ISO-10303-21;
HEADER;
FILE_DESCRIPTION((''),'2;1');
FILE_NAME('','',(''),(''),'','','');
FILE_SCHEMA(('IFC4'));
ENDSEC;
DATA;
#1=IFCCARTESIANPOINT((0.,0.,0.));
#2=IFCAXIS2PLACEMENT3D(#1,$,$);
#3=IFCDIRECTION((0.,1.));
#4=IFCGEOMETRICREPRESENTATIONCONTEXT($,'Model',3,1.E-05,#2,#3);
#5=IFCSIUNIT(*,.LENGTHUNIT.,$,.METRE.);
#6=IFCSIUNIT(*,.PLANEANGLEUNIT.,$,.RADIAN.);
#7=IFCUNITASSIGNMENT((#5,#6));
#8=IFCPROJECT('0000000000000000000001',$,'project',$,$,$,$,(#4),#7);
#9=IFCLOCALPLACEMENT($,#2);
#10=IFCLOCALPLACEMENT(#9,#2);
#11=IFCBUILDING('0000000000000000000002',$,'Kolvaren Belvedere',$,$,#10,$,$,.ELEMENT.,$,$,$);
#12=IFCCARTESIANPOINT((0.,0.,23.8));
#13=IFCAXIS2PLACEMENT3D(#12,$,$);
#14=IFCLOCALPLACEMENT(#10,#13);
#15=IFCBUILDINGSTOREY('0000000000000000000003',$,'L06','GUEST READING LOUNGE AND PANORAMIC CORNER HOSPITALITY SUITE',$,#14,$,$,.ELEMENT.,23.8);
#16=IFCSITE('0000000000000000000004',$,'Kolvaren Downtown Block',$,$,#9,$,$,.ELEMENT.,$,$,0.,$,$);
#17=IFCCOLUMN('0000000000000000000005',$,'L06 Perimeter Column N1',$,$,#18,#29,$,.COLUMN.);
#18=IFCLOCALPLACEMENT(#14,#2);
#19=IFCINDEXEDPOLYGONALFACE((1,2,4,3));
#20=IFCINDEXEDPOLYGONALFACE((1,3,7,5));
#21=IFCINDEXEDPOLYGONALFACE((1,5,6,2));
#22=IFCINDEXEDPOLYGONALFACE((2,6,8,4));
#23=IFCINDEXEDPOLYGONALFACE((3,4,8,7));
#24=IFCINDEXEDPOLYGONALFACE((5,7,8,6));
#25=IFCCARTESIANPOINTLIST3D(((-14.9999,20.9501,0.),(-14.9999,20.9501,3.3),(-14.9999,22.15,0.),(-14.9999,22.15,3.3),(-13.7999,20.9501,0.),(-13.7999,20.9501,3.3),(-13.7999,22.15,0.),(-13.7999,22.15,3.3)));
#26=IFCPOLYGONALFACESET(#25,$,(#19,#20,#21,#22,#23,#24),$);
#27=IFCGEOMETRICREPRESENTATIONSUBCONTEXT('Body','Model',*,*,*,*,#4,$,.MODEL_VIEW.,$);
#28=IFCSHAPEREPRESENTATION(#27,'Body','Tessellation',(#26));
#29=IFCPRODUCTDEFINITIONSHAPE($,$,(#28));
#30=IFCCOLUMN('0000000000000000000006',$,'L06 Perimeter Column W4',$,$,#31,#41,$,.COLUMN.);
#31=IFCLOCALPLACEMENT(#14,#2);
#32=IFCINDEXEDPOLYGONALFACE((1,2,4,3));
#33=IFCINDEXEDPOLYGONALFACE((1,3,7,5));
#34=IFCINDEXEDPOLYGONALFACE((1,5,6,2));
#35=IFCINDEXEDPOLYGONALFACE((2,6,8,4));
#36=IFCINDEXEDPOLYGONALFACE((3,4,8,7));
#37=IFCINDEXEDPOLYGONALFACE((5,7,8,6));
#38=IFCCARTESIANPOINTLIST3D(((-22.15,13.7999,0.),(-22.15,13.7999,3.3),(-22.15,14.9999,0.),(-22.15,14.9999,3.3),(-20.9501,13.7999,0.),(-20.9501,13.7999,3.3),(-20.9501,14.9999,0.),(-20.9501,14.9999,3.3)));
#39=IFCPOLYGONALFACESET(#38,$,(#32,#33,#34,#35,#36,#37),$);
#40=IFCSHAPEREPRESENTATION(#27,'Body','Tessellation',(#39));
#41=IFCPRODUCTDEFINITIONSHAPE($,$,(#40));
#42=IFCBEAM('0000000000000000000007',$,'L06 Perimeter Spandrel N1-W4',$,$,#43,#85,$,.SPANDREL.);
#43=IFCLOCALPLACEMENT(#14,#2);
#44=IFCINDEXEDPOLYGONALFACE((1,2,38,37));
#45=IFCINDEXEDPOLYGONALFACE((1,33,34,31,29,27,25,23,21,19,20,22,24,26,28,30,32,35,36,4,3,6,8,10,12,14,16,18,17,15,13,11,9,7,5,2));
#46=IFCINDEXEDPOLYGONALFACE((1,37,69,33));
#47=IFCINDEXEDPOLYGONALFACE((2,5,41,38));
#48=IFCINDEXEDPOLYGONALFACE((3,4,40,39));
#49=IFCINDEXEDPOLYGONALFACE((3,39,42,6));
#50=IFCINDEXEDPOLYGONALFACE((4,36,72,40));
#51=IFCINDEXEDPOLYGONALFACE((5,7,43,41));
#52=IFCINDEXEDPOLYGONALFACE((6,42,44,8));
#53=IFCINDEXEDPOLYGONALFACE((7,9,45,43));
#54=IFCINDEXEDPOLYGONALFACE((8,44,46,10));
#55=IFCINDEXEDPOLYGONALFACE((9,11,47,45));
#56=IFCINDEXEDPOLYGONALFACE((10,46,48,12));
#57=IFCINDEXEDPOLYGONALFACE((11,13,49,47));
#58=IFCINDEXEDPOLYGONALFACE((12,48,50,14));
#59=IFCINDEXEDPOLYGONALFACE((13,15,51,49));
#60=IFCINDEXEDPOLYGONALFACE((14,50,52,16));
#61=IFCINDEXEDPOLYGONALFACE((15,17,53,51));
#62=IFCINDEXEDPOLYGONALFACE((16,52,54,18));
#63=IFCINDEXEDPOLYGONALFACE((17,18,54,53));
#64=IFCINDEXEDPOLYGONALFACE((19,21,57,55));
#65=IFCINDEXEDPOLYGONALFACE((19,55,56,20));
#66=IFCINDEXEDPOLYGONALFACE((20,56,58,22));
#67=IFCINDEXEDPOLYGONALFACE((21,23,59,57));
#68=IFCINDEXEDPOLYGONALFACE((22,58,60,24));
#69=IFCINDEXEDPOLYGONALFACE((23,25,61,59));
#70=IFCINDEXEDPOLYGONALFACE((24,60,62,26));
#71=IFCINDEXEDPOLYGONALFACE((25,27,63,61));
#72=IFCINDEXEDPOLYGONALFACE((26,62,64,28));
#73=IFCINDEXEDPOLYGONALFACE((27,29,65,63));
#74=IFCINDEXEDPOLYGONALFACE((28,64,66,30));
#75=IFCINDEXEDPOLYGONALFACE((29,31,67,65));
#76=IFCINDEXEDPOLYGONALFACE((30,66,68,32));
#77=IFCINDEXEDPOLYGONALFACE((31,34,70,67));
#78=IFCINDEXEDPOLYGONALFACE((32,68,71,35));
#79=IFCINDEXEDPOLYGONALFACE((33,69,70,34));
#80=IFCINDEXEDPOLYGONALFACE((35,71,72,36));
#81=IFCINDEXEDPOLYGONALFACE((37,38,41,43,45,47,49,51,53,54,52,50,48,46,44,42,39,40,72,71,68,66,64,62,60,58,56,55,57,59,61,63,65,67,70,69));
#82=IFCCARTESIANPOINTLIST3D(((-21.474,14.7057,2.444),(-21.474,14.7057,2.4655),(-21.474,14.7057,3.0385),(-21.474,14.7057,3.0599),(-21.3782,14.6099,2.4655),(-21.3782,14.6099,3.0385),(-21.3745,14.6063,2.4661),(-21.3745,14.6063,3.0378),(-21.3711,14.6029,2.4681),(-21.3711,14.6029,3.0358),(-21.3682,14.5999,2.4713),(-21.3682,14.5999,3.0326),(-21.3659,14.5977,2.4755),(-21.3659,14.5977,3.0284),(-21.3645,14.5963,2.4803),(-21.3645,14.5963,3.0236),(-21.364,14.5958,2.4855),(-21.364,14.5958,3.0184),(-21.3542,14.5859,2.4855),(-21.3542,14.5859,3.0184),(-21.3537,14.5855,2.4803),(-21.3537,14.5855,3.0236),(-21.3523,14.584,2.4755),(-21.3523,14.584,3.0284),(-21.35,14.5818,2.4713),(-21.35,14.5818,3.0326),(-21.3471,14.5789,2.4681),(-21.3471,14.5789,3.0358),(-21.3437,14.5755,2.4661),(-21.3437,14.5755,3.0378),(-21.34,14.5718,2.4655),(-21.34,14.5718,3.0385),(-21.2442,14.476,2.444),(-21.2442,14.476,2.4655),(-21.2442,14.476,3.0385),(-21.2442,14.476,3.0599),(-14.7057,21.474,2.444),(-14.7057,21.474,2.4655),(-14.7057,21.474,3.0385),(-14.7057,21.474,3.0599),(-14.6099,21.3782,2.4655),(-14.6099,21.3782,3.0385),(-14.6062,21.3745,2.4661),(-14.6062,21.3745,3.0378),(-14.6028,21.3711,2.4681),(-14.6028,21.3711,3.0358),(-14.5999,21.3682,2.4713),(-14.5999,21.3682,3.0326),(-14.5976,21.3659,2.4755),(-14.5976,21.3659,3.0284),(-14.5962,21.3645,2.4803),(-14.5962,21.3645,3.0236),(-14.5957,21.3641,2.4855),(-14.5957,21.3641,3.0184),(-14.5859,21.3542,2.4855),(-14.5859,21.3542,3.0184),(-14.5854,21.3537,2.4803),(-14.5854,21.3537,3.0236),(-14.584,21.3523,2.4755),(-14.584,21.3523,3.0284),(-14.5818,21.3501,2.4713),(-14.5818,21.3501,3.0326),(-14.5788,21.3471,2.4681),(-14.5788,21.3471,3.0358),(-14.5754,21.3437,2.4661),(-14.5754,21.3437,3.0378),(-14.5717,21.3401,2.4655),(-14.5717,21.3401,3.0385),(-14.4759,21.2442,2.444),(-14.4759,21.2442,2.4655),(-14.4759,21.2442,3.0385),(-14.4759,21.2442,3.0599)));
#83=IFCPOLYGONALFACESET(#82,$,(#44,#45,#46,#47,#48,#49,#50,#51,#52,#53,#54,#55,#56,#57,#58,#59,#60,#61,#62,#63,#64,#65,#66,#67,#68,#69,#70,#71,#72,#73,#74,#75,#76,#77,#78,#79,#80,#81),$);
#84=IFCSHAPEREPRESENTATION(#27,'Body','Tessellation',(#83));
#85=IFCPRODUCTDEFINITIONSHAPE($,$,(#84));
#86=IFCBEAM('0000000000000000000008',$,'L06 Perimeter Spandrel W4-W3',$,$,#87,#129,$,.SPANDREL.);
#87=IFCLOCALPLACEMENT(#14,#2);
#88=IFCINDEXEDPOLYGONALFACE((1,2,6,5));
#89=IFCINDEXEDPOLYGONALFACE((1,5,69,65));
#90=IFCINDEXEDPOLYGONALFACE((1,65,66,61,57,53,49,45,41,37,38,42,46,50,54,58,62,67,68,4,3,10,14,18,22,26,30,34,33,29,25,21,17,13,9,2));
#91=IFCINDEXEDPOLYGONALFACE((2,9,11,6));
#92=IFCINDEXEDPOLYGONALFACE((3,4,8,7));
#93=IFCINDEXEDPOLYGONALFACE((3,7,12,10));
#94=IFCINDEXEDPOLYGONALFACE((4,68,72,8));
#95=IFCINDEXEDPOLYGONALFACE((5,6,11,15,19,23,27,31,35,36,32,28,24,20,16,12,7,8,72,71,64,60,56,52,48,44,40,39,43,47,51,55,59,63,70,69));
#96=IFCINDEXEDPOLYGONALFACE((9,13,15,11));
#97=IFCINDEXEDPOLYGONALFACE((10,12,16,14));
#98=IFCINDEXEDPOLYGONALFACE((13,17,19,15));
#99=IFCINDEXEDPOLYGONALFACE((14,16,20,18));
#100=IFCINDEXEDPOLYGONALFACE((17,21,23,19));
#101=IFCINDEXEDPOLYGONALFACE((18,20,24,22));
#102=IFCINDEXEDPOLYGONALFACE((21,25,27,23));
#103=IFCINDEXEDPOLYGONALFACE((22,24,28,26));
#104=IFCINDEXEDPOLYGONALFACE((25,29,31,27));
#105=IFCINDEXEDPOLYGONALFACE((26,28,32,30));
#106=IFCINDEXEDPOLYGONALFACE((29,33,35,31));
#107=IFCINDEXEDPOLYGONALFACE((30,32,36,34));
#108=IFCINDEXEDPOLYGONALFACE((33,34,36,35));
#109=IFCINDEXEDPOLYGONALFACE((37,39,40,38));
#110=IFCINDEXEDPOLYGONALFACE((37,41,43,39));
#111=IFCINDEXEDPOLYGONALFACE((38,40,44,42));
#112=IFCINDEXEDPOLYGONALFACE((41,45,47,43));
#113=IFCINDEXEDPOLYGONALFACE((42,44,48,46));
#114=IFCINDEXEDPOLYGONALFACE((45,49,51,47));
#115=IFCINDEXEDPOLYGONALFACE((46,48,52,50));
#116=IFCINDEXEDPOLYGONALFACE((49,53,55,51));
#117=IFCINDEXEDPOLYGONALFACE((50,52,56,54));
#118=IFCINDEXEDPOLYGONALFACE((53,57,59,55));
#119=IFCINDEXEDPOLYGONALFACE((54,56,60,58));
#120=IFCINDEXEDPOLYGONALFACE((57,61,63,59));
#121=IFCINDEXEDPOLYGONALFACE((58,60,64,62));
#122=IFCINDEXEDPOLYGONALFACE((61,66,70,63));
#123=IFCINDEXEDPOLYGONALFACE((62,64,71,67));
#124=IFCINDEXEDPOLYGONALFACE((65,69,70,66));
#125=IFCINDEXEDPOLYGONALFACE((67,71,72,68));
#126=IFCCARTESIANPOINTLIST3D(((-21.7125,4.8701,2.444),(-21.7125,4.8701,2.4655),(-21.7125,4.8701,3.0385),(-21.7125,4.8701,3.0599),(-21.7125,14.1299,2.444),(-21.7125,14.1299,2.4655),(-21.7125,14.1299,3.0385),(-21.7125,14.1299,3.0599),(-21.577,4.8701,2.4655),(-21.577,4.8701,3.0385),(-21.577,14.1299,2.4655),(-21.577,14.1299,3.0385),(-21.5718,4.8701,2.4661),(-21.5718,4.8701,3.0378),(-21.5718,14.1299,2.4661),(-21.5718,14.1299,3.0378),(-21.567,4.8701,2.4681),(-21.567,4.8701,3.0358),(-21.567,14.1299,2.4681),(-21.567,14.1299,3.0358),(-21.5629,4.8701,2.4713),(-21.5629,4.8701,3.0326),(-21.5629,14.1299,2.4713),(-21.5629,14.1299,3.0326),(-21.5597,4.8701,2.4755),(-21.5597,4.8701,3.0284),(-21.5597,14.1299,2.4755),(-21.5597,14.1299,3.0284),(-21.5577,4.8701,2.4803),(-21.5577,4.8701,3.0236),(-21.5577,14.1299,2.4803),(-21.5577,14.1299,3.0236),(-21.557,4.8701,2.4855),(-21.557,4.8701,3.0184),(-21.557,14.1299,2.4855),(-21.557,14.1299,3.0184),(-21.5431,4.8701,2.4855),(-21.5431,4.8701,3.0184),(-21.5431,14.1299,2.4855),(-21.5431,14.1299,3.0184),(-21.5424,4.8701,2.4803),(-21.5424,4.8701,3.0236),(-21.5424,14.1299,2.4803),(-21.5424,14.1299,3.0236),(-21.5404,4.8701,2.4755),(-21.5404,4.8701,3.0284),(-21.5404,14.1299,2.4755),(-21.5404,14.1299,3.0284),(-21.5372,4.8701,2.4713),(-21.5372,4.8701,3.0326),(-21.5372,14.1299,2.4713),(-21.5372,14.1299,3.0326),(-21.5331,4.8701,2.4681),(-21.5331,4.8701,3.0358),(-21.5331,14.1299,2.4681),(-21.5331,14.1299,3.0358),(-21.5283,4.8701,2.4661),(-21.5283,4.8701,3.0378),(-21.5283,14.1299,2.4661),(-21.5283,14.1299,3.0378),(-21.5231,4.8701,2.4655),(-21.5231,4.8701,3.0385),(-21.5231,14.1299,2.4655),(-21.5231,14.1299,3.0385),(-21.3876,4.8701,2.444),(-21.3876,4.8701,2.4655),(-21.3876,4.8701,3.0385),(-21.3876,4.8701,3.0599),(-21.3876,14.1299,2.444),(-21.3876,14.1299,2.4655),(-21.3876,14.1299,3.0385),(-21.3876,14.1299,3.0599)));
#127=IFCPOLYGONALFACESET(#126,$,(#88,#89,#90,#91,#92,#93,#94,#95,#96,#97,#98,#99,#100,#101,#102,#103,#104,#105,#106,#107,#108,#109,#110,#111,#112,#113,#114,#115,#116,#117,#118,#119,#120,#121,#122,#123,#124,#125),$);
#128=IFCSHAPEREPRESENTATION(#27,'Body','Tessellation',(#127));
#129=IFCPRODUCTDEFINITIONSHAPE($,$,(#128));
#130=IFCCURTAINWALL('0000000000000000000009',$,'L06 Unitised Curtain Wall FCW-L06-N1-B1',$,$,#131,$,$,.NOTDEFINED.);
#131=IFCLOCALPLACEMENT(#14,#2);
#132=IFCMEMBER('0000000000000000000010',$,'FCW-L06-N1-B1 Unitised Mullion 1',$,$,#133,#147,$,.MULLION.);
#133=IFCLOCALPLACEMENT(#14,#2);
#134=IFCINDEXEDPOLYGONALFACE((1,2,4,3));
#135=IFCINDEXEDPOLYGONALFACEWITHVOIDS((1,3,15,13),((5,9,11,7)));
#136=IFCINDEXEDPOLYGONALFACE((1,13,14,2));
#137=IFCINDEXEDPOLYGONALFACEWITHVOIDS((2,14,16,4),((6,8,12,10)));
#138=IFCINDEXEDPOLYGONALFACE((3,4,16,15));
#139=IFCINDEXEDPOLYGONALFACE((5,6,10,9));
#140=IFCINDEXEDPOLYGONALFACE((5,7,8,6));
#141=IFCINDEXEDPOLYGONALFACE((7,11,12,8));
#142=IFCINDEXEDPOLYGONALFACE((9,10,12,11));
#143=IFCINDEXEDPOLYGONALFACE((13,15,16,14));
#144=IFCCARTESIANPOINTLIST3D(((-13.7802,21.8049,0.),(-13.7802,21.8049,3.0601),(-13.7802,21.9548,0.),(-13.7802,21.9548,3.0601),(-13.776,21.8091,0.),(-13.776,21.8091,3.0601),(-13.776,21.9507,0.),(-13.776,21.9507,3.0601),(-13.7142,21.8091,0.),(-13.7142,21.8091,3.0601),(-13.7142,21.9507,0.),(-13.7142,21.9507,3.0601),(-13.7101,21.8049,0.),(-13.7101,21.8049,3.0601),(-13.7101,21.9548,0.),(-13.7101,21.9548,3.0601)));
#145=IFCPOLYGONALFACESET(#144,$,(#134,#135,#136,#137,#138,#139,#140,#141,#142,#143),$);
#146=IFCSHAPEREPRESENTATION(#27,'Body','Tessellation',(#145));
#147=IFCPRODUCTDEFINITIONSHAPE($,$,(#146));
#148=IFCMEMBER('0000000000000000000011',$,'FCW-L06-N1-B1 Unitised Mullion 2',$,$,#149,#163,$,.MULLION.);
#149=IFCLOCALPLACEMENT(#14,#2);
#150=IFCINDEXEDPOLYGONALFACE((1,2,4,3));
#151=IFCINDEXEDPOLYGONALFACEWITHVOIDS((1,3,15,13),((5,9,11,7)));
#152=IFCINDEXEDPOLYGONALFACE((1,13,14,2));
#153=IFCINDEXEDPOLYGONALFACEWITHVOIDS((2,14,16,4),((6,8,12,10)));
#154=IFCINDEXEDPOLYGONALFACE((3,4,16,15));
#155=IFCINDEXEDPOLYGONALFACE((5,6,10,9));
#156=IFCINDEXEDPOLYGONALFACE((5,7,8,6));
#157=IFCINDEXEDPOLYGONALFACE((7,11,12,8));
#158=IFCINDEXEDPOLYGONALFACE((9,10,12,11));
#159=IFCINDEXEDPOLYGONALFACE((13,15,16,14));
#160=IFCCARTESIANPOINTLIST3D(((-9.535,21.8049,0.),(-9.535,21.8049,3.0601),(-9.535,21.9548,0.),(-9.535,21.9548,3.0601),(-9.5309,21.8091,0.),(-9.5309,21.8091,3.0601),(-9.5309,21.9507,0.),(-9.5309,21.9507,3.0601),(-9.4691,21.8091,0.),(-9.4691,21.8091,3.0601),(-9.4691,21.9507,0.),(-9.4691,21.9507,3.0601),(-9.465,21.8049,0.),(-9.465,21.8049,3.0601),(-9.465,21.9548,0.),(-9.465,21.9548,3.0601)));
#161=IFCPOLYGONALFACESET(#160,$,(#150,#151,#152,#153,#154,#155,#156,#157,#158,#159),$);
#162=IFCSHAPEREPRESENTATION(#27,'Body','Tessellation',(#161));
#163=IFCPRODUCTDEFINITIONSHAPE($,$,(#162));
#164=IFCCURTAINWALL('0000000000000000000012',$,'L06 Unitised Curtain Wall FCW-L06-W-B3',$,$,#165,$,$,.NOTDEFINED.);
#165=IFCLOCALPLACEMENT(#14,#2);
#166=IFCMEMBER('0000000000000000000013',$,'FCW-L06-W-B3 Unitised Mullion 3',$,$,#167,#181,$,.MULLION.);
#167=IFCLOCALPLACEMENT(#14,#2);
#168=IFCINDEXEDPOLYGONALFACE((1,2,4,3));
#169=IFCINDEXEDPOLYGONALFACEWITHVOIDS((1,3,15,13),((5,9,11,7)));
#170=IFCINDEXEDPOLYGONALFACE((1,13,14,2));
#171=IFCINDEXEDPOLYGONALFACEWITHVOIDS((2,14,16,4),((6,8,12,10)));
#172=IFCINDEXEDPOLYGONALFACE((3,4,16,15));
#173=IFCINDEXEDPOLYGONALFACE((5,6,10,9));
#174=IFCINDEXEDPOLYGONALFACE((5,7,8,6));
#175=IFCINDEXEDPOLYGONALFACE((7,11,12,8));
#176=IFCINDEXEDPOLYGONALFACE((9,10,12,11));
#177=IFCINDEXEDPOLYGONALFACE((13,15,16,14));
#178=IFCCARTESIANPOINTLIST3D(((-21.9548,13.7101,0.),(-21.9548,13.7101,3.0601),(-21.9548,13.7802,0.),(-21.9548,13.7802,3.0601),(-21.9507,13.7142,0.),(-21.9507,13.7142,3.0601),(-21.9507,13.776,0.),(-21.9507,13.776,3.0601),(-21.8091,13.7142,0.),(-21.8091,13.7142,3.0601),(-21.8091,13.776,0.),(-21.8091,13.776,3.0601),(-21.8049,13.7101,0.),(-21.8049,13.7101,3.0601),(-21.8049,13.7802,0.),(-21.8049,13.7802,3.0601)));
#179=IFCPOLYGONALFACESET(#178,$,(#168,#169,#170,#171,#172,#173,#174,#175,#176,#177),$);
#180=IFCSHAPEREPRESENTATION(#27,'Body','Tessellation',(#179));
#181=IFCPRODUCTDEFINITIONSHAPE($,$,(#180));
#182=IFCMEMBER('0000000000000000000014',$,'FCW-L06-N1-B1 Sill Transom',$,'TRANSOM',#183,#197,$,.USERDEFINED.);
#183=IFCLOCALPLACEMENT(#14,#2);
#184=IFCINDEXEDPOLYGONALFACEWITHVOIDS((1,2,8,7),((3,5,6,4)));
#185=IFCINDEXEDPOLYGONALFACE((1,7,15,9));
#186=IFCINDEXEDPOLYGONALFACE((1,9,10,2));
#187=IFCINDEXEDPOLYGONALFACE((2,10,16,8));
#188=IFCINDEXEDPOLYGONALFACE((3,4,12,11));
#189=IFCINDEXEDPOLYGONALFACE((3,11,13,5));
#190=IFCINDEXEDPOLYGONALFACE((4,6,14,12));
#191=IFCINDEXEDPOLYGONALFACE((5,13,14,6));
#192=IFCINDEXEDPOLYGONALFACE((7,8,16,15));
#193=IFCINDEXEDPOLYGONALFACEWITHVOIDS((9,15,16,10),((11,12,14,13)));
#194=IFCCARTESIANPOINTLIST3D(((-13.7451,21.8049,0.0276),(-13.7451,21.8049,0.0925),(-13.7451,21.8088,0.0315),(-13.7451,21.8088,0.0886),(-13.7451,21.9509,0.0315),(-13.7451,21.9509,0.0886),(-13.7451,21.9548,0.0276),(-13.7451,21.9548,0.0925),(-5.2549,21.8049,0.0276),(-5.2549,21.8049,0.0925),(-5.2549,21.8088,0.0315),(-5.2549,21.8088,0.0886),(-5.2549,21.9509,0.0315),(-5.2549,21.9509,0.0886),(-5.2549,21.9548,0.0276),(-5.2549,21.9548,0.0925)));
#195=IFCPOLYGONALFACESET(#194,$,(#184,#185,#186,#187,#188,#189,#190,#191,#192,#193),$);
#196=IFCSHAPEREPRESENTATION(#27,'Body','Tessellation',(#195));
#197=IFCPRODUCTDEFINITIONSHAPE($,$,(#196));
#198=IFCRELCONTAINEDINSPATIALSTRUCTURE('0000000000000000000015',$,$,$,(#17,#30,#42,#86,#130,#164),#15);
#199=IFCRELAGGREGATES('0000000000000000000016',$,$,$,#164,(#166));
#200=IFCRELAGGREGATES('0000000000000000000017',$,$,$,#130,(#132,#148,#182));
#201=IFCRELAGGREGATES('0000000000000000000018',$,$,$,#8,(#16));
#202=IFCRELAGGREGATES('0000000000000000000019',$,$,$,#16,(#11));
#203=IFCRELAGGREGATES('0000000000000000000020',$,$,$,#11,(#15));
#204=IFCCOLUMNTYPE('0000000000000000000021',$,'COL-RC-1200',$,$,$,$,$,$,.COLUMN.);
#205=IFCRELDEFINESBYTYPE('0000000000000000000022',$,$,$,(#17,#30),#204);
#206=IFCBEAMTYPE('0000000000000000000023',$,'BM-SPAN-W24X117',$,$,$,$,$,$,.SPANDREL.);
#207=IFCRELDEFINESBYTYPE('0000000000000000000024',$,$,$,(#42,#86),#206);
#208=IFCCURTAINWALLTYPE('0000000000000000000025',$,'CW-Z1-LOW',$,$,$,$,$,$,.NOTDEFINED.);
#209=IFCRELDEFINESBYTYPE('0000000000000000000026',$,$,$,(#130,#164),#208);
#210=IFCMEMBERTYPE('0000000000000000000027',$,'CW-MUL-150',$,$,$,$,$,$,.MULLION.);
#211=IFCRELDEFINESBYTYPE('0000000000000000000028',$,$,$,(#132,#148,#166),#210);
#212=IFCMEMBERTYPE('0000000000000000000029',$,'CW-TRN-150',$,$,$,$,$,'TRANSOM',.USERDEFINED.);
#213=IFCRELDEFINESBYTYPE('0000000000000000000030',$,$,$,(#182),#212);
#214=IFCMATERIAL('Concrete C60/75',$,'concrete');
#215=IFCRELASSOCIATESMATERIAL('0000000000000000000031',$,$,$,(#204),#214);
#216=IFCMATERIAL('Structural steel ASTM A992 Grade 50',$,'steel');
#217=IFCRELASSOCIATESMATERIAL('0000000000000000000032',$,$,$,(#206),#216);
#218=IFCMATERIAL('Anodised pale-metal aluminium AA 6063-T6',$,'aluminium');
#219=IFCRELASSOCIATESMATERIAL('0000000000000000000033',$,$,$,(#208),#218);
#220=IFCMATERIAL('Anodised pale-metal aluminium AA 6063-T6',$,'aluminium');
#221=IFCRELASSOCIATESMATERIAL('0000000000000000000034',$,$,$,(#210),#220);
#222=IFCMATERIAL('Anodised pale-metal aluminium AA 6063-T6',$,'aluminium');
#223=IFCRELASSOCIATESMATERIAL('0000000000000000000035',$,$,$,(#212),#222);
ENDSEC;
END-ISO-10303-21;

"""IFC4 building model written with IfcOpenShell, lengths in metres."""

from ifc_helpers import new_model, si_unit, direction, frame, origin, origin_2d, place, context, subcontext, project, spatial, rectangle, hollow_rectangle, i_section, extrude, material, material_profile, profile_set, type_object, element, aggregate, save


model = new_model("IFC4")

# Units and contexts
model_context = context("Model", 3, precision=1e-05, world=origin(), true_north=direction((0.0, 1.0)))
body_context = subcontext(model_context, "Body", "Model", "MODEL_VIEW")
ifc_project = project(units=[si_unit("LENGTHUNIT", "METRE"), si_unit("PLANEANGLEUNIT", "RADIAN")], contexts=[model_context])

# Site, building, storey
site_placement = place(None, origin())
site = spatial("IfcSite", under=ifc_project, at=site_placement, Name="Kolvaren Downtown Block", CompositionType="ELEMENT", RefElevation=0.0)
building_placement = place(site_placement, origin())
building = spatial("IfcBuilding", under=site, at=building_placement, Name="Kolvaren Belvedere", CompositionType="ELEMENT")
storey_placement = place(building_placement, frame((0.0, 0.0, 23.8)))
storey = spatial("IfcBuildingStorey", under=building, at=storey_placement, Name="L06", Description="GUEST READING LOUNGE AND PANORAMIC CORNER HOSPITALITY SUITE", CompositionType="ELEMENT", Elevation=23.8)

# Columns
ifc_material_1 = material(Name="Concrete C60/75", Category="concrete")
ifc_material_profile_1 = material_profile(ifc_material_1, rectangle(XDim=1.2, YDim=1.2, at=origin_2d()), Name="RC 1200X1200")
ifc_profile_set_1 = profile_set([ifc_material_profile_1], Name="Concrete C60/75")
column_type = type_object("IfcColumnType", Name="COL-RC-1200", PredefinedType="COLUMN", material=ifc_profile_set_1)
for number, where, z_axis, x_axis, name in (
    (1, (-14.3999, 21.55, 0.0), (0.0, 0.0, 1.0), (1.0, 0.0, 0.0), "L06 Perimeter Column N1"),
    (2, (-21.55, 14.3999, 0.0), (0.0, 0.0, 1.0), (1.0, 0.0, 0.0), "L06 Perimeter Column W4"),
):
    element("IfcColumn", number, at=place(storey_placement, frame(where, z_axis=z_axis, x_axis=x_axis)), inside=storey, type_object=column_type, Name=name, PredefinedType="COLUMN", context=body_context, shape_type="SweptSolid", body=[
        extrude(rectangle(XDim=1.2, YDim=1.2, at=origin_2d()), origin(), (0.0, 0.0, 1.0), 3.3),
    ])

# Beams
ifc_material_2 = material(Name="Structural steel ASTM A992 Grade 50", Category="steel")
ifc_material_profile_2 = material_profile(ifc_material_2, i_section(OverallWidth=0.325, OverallDepth=0.616, WebThickness=0.0139, FlangeThickness=0.0215, FilletRadius=0.02, at=origin_2d()), Name="W24X117")
ifc_profile_set_2 = profile_set([ifc_material_profile_2], Name="Structural steel ASTM A992 Grade 50")
beam_type = type_object("IfcBeamType", Name="BM-SPAN-W24X117", PredefinedType="SPANDREL", material=ifc_profile_set_2)
beam_1_placement = place(storey_placement, frame((-14.5908, 21.3591, 2.752), z_axis=(-0.707107, -0.707107, 0.0), x_axis=(0.707107, -0.707107, 0.0)))
element("IfcBeam", 3, at=beam_1_placement, inside=storey, type_object=beam_type, Name="L06 Perimeter Spandrel N1-W4", PredefinedType="SPANDREL", context=body_context, shape_type="SweptSolid", body=[
    extrude(i_section(OverallWidth=0.325, OverallDepth=0.616, WebThickness=0.0139, FlangeThickness=0.0215, FilletRadius=0.02, at=origin_2d()), origin(), (0.0, 0.0, 1.0), 9.5718),
])
beam_2_placement = place(storey_placement, frame((-21.55, 14.1299, 2.752), z_axis=(0.0, -1.0, 0.0), x_axis=(1.0, 0.0, 0.0)))
element("IfcBeam", 4, at=beam_2_placement, inside=storey, type_object=beam_type, Name="L06 Perimeter Spandrel W4-W3", PredefinedType="SPANDREL", context=body_context, shape_type="SweptSolid", body=[
    extrude(i_section(OverallWidth=0.325, OverallDepth=0.616, WebThickness=0.0139, FlangeThickness=0.0215, FilletRadius=0.02, at=origin_2d()), origin(), (0.0, 0.0, 1.0), 9.2598),
])

# Curtain wall, members
ifc_material_3 = material(Name="Anodised pale-metal aluminium AA 6063-T6", Category="aluminium")
curtain_wall_type = type_object("IfcCurtainWallType", Name="CW-Z1-LOW", PredefinedType="NOTDEFINED", material=ifc_material_3)
curtain_wall_1_placement = place(storey_placement, origin())
curtain_wall_1 = element("IfcCurtainWall", 5, at=curtain_wall_1_placement, inside=storey, type_object=curtain_wall_type, Name="L06 Unitised Curtain Wall FCW-L06-N1-B1", PredefinedType="NOTDEFINED")
ifc_material_4 = material(Name="Anodised pale-metal aluminium AA 6063-T6", Category="aluminium")
ifc_material_profile_3 = material_profile(ifc_material_4, hollow_rectangle(XDim=0.0701, YDim=0.1499, WallThickness=0.0042, at=origin_2d()), Name="ALU-MUL-150X70")
ifc_profile_set_3 = profile_set([ifc_material_profile_3], Name="Anodised pale-metal aluminium AA 6063-T6")
member_type_1 = type_object("IfcMemberType", Name="CW-MUL-150", PredefinedType="MULLION", material=ifc_profile_set_3)
member_1_placement = place(storey_placement, frame((-13.7451, 21.8799, 0.0), z_axis=(0.0, 0.0, 1.0), x_axis=(1.0, 0.0, 0.0)))
member_1 = element("IfcMember", 6, at=member_1_placement, type_object=member_type_1, Name="FCW-L06-N1-B1 Unitised Mullion 1", PredefinedType="MULLION", context=body_context, shape_type="SweptSolid", body=[
    extrude(hollow_rectangle(XDim=0.0701, YDim=0.1499, WallThickness=0.0042, at=origin_2d()), origin(), (0.0, 0.0, 1.0), 3.0601),
])
member_2_placement = place(storey_placement, frame((-9.5, 21.8799, 0.0), z_axis=(0.0, 0.0, 1.0), x_axis=(1.0, 0.0, 0.0)))
member_2 = element("IfcMember", 7, at=member_2_placement, type_object=member_type_1, Name="FCW-L06-N1-B1 Unitised Mullion 2", PredefinedType="MULLION", context=body_context, shape_type="SweptSolid", body=[
    extrude(hollow_rectangle(XDim=0.0701, YDim=0.1499, WallThickness=0.0042, at=origin_2d()), origin(), (0.0, 0.0, 1.0), 3.0601),
])

# Curtain wall, member
curtain_wall_2_placement = place(storey_placement, origin())
curtain_wall_2 = element("IfcCurtainWall", 8, at=curtain_wall_2_placement, inside=storey, type_object=curtain_wall_type, Name="L06 Unitised Curtain Wall FCW-L06-W-B3", PredefinedType="NOTDEFINED")
member_3_placement = place(storey_placement, frame((-21.8799, 13.7451, 0.0), z_axis=(0.0, 0.0, 1.0), x_axis=(0.0, 1.0, 0.0)))
member_3 = element("IfcMember", 9, at=member_3_placement, type_object=member_type_1, Name="FCW-L06-W-B3 Unitised Mullion 3", PredefinedType="MULLION", context=body_context, shape_type="SweptSolid", body=[
    extrude(hollow_rectangle(XDim=0.0701, YDim=0.1499, WallThickness=0.0042, at=origin_2d()), origin(), (0.0, 0.0, 1.0), 3.0601),
])
aggregate(curtain_wall_2, [member_3])

# Member
ifc_material_5 = material(Name="Anodised pale-metal aluminium AA 6063-T6", Category="aluminium")
ifc_material_profile_4 = material_profile(ifc_material_5, hollow_rectangle(XDim=0.0649, YDim=0.1499, WallThickness=0.0039, at=origin_2d()), Name="ALU-TRN-150X65")
ifc_profile_set_4 = profile_set([ifc_material_profile_4], Name="Anodised pale-metal aluminium AA 6063-T6")
member_type_2 = type_object("IfcMemberType", Name="CW-TRN-150", ElementType="TRANSOM", PredefinedType="USERDEFINED", material=ifc_profile_set_4)
member_4_placement = place(storey_placement, frame((-13.7451, 21.8799, 0.0601), z_axis=(1.0, 0.0, 0.0), x_axis=(0.0, 0.0, 1.0)))
member_4 = element("IfcMember", 10, at=member_4_placement, type_object=member_type_2, Name="FCW-L06-N1-B1 Sill Transom", ObjectType="TRANSOM", PredefinedType="USERDEFINED", context=body_context, shape_type="SweptSolid", body=[
    extrude(hollow_rectangle(XDim=0.0649, YDim=0.1499, WallThickness=0.0039, at=origin_2d()), origin(), (0.0, 0.0, 1.0), 8.4902),
])

aggregate(curtain_wall_1, [member_1, member_2, member_4])

save(model, "model.ifc")
